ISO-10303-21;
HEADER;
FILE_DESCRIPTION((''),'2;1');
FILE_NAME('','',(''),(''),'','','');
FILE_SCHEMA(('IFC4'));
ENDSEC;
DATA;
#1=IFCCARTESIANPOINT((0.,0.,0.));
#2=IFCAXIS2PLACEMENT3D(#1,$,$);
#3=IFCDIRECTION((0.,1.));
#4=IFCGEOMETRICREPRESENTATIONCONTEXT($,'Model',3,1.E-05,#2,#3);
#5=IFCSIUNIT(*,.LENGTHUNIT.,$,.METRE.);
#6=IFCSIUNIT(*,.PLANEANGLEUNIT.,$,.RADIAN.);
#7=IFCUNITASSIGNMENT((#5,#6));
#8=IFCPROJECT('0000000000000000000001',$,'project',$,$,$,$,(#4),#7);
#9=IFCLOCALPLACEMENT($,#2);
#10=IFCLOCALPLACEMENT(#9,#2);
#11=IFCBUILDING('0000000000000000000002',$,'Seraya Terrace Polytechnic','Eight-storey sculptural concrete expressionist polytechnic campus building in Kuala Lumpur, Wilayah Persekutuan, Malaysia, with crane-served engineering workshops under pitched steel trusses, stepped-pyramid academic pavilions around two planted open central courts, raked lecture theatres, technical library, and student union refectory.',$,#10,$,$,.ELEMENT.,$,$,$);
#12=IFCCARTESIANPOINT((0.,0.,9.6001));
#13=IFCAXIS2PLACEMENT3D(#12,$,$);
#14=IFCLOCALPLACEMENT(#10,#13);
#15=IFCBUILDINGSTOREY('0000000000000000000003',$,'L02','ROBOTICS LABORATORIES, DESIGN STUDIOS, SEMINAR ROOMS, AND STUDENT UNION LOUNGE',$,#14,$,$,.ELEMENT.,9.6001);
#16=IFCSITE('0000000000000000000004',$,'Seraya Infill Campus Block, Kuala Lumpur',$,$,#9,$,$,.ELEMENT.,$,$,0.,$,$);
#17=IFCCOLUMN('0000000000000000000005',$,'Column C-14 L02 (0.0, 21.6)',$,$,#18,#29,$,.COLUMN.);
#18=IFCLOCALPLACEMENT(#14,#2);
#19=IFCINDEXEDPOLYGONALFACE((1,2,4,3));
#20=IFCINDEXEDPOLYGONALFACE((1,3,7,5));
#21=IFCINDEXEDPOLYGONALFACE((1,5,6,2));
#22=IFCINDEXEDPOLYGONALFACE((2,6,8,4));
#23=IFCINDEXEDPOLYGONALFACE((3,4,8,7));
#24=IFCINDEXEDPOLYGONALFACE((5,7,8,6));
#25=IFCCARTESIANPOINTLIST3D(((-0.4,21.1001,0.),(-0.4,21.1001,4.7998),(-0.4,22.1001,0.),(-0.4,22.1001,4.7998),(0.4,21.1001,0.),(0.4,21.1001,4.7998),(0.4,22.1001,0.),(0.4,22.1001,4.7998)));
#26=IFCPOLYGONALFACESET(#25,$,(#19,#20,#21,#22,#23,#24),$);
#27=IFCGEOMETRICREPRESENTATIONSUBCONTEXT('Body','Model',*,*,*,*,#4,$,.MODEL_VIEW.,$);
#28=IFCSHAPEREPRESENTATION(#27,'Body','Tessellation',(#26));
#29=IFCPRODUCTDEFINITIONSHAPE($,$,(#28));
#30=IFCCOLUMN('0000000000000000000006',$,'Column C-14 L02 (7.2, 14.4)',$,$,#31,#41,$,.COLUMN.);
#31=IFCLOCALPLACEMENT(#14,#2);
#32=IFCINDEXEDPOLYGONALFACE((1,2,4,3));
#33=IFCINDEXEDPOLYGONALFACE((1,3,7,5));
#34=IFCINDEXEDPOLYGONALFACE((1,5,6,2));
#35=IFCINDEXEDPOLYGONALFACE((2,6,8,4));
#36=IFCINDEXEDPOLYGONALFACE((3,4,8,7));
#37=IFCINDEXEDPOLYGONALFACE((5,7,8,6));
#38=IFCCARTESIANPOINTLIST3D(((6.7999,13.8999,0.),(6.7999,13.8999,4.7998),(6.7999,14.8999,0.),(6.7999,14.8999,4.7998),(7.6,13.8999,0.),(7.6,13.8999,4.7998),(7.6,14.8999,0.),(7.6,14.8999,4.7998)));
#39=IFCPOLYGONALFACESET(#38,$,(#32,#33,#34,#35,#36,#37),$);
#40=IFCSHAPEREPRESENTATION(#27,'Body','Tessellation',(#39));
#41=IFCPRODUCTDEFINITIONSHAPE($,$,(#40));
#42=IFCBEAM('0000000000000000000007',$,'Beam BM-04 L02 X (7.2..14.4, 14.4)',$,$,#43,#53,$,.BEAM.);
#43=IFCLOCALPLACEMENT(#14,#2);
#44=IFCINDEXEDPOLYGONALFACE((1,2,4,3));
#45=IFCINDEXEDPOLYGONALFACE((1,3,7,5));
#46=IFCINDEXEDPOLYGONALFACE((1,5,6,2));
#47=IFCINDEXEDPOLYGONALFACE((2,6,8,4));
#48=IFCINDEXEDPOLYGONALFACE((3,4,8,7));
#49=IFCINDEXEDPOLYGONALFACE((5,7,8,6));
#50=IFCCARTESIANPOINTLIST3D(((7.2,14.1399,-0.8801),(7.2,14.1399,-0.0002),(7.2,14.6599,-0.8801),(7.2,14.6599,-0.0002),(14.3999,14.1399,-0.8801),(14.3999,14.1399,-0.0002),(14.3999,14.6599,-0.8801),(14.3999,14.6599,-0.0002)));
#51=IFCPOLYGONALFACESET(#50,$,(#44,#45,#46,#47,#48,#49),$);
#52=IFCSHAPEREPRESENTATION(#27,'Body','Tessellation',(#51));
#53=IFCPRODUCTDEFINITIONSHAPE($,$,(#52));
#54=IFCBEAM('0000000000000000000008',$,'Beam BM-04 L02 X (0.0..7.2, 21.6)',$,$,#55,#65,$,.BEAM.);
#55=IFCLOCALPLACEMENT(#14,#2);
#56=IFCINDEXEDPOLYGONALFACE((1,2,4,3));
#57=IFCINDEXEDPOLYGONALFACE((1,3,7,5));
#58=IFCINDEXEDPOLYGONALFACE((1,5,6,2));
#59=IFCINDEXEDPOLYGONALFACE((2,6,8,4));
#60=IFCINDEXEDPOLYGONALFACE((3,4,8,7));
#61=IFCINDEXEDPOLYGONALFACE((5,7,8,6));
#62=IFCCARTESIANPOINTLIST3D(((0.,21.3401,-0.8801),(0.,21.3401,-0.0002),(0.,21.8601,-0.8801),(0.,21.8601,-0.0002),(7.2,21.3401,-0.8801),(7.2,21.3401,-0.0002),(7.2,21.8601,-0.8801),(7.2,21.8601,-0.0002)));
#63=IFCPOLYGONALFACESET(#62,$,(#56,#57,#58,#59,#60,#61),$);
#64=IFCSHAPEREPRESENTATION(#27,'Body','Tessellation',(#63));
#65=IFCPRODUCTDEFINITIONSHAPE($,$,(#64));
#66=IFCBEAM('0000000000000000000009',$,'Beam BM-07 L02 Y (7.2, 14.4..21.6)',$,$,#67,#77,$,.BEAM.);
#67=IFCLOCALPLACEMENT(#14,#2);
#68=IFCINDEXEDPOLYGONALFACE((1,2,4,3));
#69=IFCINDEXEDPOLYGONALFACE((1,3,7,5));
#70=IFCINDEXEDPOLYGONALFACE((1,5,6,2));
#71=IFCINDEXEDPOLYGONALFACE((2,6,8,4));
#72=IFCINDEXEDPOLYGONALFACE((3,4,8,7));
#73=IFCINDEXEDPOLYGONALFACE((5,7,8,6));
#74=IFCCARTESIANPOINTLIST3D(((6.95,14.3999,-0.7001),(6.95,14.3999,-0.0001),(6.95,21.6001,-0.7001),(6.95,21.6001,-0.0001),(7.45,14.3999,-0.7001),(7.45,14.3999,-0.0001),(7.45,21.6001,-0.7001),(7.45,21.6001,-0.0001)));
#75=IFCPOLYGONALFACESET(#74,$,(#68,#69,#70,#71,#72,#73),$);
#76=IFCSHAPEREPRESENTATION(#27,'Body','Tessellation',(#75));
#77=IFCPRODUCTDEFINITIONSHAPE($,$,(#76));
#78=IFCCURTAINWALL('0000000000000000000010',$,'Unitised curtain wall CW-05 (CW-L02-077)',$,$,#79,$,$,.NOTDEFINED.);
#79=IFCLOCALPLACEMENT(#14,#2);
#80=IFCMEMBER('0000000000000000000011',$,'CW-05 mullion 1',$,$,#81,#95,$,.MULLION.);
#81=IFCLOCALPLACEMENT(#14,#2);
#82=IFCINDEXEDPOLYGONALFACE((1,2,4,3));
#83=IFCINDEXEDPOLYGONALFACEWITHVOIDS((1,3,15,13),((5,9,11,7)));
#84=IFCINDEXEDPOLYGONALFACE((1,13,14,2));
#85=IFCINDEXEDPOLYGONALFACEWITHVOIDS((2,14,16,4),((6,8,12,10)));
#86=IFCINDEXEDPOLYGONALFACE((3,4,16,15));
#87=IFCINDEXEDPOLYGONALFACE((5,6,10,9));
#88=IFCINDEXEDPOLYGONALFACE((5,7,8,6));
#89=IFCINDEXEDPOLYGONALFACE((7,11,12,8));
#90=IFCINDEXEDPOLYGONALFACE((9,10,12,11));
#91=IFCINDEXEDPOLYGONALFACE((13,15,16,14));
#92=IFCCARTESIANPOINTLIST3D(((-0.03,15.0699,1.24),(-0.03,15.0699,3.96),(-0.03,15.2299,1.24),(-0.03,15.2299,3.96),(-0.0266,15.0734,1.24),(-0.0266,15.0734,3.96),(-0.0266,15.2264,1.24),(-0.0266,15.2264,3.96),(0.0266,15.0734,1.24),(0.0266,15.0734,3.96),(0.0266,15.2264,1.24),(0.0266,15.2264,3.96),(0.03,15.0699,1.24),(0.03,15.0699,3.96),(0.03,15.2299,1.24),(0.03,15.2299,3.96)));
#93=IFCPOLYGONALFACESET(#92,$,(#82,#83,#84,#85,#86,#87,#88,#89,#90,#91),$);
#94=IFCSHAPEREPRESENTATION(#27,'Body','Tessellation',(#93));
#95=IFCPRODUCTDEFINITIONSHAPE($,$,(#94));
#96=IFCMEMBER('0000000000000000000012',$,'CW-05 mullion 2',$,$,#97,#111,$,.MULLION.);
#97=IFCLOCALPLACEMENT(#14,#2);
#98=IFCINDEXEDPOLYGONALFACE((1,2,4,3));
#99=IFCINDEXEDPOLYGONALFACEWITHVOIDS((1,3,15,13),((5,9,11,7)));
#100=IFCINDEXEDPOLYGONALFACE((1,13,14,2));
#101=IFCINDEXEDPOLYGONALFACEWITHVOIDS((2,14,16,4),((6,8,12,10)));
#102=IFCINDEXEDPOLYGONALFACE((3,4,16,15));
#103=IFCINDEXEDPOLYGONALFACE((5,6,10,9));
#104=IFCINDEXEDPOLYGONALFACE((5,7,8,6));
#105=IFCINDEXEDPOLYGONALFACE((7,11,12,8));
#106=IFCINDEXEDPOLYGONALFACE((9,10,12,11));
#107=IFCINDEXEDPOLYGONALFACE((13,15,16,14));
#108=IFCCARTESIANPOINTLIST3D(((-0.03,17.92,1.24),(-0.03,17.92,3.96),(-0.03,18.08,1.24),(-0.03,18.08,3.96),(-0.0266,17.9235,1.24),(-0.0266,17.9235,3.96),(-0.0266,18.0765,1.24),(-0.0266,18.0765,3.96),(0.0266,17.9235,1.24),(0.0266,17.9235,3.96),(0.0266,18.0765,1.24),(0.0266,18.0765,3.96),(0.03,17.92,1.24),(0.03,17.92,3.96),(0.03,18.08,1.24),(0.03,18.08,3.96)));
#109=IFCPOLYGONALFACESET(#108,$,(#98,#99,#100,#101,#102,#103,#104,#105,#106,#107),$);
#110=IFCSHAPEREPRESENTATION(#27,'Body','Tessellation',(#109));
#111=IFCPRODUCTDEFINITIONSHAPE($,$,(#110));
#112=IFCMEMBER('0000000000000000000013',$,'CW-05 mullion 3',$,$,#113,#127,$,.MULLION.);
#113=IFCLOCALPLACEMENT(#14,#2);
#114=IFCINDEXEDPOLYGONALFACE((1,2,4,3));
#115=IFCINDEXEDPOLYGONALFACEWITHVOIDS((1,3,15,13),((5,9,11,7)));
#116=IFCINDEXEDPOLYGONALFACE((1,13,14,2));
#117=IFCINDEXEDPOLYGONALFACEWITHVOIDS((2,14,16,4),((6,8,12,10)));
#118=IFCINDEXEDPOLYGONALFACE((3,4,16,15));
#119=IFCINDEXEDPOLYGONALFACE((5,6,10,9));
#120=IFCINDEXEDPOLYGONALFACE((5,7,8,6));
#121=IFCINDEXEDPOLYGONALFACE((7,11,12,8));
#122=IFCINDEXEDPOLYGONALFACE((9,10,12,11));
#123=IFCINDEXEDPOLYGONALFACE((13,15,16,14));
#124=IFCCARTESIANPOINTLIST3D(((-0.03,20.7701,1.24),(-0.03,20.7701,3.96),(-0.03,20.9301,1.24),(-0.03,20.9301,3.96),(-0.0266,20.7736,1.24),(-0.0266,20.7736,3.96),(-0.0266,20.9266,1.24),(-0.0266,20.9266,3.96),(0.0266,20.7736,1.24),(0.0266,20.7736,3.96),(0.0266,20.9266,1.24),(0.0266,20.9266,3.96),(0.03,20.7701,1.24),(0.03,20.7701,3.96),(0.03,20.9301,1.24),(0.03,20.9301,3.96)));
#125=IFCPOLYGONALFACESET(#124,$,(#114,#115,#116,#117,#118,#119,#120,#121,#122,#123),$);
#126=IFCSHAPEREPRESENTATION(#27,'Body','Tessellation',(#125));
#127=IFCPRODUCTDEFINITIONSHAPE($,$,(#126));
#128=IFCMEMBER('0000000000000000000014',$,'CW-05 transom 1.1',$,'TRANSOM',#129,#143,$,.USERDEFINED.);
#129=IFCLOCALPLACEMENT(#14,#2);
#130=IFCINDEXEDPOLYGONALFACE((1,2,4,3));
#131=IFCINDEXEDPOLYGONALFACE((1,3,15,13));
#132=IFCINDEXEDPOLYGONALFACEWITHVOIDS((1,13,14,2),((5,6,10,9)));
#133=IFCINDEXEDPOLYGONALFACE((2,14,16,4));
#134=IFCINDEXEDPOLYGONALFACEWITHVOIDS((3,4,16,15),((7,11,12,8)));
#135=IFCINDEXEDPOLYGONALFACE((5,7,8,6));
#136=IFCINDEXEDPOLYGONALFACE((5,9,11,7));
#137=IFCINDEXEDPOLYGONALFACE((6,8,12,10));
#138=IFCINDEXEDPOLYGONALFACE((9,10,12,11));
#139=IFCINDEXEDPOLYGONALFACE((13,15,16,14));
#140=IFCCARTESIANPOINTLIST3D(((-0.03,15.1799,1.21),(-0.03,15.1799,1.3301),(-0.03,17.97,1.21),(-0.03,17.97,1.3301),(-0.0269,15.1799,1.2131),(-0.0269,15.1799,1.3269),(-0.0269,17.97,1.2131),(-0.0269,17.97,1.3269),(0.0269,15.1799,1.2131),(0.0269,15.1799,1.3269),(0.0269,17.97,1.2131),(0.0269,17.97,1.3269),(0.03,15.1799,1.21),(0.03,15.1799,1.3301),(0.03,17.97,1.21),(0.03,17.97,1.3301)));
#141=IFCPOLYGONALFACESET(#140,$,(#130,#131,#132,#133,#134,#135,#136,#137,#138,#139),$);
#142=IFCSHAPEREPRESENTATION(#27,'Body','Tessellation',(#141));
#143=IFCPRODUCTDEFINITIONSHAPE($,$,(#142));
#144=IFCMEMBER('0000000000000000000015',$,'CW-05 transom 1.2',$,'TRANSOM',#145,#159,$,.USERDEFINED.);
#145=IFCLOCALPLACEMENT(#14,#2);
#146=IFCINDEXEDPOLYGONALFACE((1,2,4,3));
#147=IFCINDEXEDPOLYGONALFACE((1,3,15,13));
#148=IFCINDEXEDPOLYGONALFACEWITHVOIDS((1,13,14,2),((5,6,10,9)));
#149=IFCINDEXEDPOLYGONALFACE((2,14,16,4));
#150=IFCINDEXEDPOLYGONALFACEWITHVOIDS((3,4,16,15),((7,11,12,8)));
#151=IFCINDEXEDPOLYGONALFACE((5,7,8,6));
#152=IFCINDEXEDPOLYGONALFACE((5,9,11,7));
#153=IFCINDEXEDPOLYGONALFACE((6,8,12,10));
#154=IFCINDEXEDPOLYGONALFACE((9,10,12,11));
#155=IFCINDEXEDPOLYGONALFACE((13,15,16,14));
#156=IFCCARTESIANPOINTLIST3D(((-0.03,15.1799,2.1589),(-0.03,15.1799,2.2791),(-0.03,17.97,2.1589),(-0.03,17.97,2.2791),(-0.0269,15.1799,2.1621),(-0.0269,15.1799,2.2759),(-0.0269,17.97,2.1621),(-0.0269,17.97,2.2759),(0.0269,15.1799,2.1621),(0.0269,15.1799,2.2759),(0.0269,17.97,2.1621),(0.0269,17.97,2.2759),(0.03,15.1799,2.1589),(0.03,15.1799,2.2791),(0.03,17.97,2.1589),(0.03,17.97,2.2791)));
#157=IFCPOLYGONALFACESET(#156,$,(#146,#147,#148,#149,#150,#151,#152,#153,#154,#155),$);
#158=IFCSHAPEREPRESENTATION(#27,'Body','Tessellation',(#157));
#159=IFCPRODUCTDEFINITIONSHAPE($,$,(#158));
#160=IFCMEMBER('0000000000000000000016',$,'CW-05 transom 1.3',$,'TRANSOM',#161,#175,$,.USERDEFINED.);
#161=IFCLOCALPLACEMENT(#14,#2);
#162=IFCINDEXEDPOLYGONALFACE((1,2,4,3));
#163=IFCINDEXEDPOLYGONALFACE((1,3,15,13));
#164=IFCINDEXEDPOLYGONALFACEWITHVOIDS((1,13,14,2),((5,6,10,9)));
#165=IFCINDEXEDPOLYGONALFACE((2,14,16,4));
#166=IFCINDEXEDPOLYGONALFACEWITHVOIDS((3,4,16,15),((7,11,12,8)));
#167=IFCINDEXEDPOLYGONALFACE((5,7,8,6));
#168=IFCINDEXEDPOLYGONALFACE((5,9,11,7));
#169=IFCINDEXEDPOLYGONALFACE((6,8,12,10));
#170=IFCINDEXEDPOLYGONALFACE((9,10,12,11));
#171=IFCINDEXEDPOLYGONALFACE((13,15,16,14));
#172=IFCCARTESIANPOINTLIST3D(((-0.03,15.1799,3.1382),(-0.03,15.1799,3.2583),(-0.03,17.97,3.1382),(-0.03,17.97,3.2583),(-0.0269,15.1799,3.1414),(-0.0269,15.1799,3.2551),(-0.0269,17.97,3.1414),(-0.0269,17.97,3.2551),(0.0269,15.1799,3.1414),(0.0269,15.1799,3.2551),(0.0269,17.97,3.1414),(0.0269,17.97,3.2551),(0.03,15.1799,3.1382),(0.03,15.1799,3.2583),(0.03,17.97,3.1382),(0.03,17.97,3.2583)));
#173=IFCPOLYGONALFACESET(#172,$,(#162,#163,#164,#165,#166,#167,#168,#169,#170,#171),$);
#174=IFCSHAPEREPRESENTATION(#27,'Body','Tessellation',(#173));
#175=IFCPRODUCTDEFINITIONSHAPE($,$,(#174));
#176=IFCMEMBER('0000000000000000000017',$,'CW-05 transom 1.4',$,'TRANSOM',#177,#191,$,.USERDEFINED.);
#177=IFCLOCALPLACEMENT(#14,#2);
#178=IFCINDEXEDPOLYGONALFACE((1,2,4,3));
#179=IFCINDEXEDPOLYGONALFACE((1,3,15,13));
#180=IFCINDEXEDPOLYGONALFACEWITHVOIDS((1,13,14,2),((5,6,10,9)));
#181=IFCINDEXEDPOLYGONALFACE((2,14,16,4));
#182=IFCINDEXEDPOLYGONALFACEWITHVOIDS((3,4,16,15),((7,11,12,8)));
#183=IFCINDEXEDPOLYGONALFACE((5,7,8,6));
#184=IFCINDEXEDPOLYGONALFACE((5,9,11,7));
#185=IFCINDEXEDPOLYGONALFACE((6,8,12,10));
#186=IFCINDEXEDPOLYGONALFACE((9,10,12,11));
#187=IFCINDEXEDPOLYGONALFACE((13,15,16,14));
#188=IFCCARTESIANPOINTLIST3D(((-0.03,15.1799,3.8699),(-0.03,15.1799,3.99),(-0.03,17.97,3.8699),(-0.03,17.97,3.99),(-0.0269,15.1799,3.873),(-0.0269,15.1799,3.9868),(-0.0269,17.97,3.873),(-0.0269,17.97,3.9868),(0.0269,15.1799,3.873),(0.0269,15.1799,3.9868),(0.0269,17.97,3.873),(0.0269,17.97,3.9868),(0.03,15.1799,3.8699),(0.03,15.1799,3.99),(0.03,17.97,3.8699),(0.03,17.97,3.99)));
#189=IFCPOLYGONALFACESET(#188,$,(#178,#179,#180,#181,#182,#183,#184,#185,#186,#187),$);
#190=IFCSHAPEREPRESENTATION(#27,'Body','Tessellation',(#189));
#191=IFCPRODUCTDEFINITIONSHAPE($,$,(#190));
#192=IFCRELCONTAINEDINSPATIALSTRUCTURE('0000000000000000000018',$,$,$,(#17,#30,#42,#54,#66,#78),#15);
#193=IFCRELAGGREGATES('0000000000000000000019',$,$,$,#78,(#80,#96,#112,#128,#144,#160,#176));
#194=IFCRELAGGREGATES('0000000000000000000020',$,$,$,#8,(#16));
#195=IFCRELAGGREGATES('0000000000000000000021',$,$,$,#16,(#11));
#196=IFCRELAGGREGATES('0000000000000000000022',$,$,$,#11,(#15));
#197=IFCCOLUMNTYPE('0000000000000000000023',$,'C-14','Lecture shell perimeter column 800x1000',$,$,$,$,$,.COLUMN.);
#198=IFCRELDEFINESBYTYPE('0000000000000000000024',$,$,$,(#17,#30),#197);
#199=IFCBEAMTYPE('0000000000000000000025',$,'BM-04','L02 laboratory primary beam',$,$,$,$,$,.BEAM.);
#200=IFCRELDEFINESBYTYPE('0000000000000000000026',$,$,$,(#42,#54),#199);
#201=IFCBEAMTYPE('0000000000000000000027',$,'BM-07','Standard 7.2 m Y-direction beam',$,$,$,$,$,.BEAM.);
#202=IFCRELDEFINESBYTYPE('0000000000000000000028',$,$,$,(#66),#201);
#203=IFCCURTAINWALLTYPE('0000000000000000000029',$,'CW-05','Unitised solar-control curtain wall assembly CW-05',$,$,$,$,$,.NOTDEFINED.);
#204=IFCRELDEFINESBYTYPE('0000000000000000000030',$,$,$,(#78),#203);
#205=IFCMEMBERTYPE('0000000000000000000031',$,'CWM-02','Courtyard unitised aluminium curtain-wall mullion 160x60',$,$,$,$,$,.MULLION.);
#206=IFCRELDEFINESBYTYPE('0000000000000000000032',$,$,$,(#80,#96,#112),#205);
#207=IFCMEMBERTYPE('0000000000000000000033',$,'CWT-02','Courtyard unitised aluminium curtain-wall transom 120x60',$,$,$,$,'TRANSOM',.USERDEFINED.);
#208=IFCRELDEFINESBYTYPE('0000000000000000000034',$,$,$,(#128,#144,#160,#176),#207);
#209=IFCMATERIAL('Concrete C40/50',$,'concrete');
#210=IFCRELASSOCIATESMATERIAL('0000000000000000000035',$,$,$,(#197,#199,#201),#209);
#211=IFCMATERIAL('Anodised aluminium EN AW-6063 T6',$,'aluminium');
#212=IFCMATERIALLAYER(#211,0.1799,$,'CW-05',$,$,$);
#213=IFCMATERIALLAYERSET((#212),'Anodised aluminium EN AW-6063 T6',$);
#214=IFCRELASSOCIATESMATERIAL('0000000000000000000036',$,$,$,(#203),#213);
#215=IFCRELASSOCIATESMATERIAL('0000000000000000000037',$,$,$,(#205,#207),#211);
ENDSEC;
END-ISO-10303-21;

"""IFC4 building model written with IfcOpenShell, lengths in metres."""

from ifc_helpers import new_model, si_unit, direction, frame, origin, origin_2d, place, context, subcontext, project, spatial, rectangle, hollow_rectangle, extrude, material, layer, layer_set, material_profile, profile_set, type_object, element, aggregate, save


model = new_model("IFC4")

# Units and contexts
model_context = context("Model", 3, precision=1e-05, world=origin(), true_north=direction((0.0, 1.0)))
body_context = subcontext(model_context, "Body", "Model", "MODEL_VIEW")
ifc_project = project(units=[si_unit("LENGTHUNIT", "METRE"), si_unit("PLANEANGLEUNIT", "RADIAN")], contexts=[model_context])

# Site, building, storey
site_placement = place(None, origin())
site = spatial("IfcSite", under=ifc_project, at=site_placement, Name="Seraya Infill Campus Block, Kuala Lumpur", CompositionType="ELEMENT", RefElevation=0.0)
building_placement = place(site_placement, origin())
building = spatial("IfcBuilding", under=site, at=building_placement, Name="Seraya Terrace Polytechnic", Description="Eight-storey sculptural concrete expressionist polytechnic campus building in Kuala Lumpur, Wilayah Persekutuan, Malaysia, with crane-served engineering workshops under pitched steel trusses, stepped-pyramid academic pavilions around two planted open central courts, raked lecture theatres, technical library, and student union refectory.", CompositionType="ELEMENT")
storey_placement = place(building_placement, frame((0.0, 0.0, 9.6001)))
storey = spatial("IfcBuildingStorey", under=building, at=storey_placement, Name="L02", Description="ROBOTICS LABORATORIES, DESIGN STUDIOS, SEMINAR ROOMS, AND STUDENT UNION LOUNGE", CompositionType="ELEMENT", Elevation=9.6001)

# Columns
ifc_material_1 = material(Name="Concrete C40/50", Category="concrete")
ifc_material_profile_1 = material_profile(ifc_material_1, rectangle(XDim=0.8, YDim=1.0, at=origin_2d()), Name="RC 800x1000")
ifc_profile_set_1 = profile_set([ifc_material_profile_1], Name="Concrete C40/50")
column_type = type_object("IfcColumnType", Name="C-14", Description="Lecture shell perimeter column 800x1000", PredefinedType="COLUMN", material=ifc_profile_set_1)
for number, where, z_axis, x_axis, name in (
    (1, (0.0, 21.6001, 0.0), (0.0, 0.0, 1.0), (1.0, 0.0, 0.0), "Column C-14 L02 (0.0, 21.6)"),
    (2, (7.2, 14.3999, 0.0), (0.0, 0.0, 1.0), (1.0, 0.0, 0.0), "Column C-14 L02 (7.2, 14.4)"),
):
    element("IfcColumn", number, at=place(storey_placement, frame(where, z_axis=z_axis, x_axis=x_axis)), inside=storey, type_object=column_type, Name=name, PredefinedType="COLUMN", context=body_context, shape_type="SweptSolid", body=[
        extrude(rectangle(XDim=0.8, YDim=1.0, at=origin_2d()), origin(), (0.0, 0.0, 1.0), 4.7998),
    ])

# Beams
ifc_material_profile_2 = material_profile(ifc_material_1, rectangle(XDim=0.52, YDim=0.8799, at=origin_2d()), Name="RC 520x880")
ifc_profile_set_2 = profile_set([ifc_material_profile_2], Name="Concrete C40/50")
beam_type_1 = type_object("IfcBeamType", Name="BM-04", Description="L02 laboratory primary beam", PredefinedType="BEAM", material=ifc_profile_set_2)
for number, where, z_axis, x_axis, name in (
    (3, (7.2, 14.3999, -0.4402), (1.0, 0.0, 0.0), (0.0, 1.0, 0.0), "Beam BM-04 L02 X (7.2..14.4, 14.4)"),
    (4, (0.0, 21.6001, -0.4402), (1.0, 0.0, 0.0), (0.0, 1.0, 0.0), "Beam BM-04 L02 X (0.0..7.2, 21.6)"),
):
    element("IfcBeam", number, at=place(storey_placement, frame(where, z_axis=z_axis, x_axis=x_axis)), inside=storey, type_object=beam_type_1, Name=name, PredefinedType="BEAM", context=body_context, shape_type="SweptSolid", body=[
        extrude(rectangle(XDim=0.52, YDim=0.8799, at=origin_2d()), origin(), (0.0, 0.0, 1.0), 7.2),
    ])
ifc_material_profile_3 = material_profile(ifc_material_1, rectangle(XDim=0.5, YDim=0.7, at=origin_2d()), Name="RC 500x700")
ifc_profile_set_3 = profile_set([ifc_material_profile_3], Name="Concrete C40/50")
beam_type_2 = type_object("IfcBeamType", Name="BM-07", Description="Standard 7.2 m Y-direction beam", PredefinedType="BEAM", material=ifc_profile_set_3)
beam_1_placement = place(storey_placement, frame((7.2, 14.3999, -0.3501), z_axis=(0.0, 1.0, 0.0), x_axis=(-1.0, 0.0, 0.0)))
element("IfcBeam", 5, at=beam_1_placement, inside=storey, type_object=beam_type_2, Name="Beam BM-07 L02 Y (7.2, 14.4..21.6)", PredefinedType="BEAM", context=body_context, shape_type="SweptSolid", body=[
    extrude(rectangle(XDim=0.5, YDim=0.7, at=origin_2d()), origin(), (0.0, 0.0, 1.0), 7.2002),
])

# Curtain wall, members
ifc_material_2 = material(Name="Anodised aluminium EN AW-6063 T6", Category="aluminium")
ifc_layer_1 = layer(ifc_material_2, 0.1799, Name="CW-05")
ifc_layer_set_1 = layer_set([ifc_layer_1], Name="Anodised aluminium EN AW-6063 T6")
curtain_wall_type = type_object("IfcCurtainWallType", Name="CW-05", Description="Unitised solar-control curtain wall assembly CW-05", PredefinedType="NOTDEFINED", material=ifc_layer_set_1)
curtain_wall_placement = place(storey_placement, origin())
curtain_wall = element("IfcCurtainWall", 6, at=curtain_wall_placement, inside=storey, type_object=curtain_wall_type, Name="Unitised curtain wall CW-05 (CW-L02-077)", PredefinedType="NOTDEFINED")
ifc_material_profile_4 = material_profile(ifc_material_2, hollow_rectangle(XDim=0.0601, YDim=0.1599, WallThickness=0.0034, at=origin_2d()), Name="RHS 160x60x3.5")
ifc_profile_set_4 = profile_set([ifc_material_profile_4], Name="Anodised aluminium EN AW-6063 T6")
member_type_1 = type_object("IfcMemberType", Name="CWM-02", Description="Courtyard unitised aluminium curtain-wall mullion 160x60", PredefinedType="MULLION", material=ifc_profile_set_4)
member_1_placement = place(storey_placement, frame((0.0, 15.1499, 1.24), z_axis=(0.0, 0.0, 1.0), x_axis=(-1.0, 0.0, 0.0)))
member_1 = element("IfcMember", 7, at=member_1_placement, type_object=member_type_1, Name="CW-05 mullion 1", PredefinedType="MULLION", context=body_context, shape_type="SweptSolid", body=[
    extrude(hollow_rectangle(XDim=0.0601, YDim=0.1599, WallThickness=0.0034, at=origin_2d()), origin(), (0.0, 0.0, 1.0), 2.72),
])
member_2_placement = place(storey_placement, frame((0.0, 18.0, 1.24), z_axis=(0.0, 0.0, 1.0), x_axis=(-1.0, 0.0, 0.0)))
member_2 = element("IfcMember", 8, at=member_2_placement, type_object=member_type_1, Name="CW-05 mullion 2", PredefinedType="MULLION", context=body_context, shape_type="SweptSolid", body=[
    extrude(hollow_rectangle(XDim=0.0601, YDim=0.1599, WallThickness=0.0034, at=origin_2d()), origin(), (0.0, 0.0, 1.0), 2.72),
])
member_3_placement = place(storey_placement, frame((0.0, 20.8501, 1.24), z_axis=(0.0, 0.0, 1.0), x_axis=(-1.0, 0.0, 0.0)))
member_3 = element("IfcMember", 9, at=member_3_placement, type_object=member_type_1, Name="CW-05 mullion 3", PredefinedType="MULLION", context=body_context, shape_type="SweptSolid", body=[
    extrude(hollow_rectangle(XDim=0.0601, YDim=0.1599, WallThickness=0.0034, at=origin_2d()), origin(), (0.0, 0.0, 1.0), 2.72),
])
ifc_material_profile_5 = material_profile(ifc_material_2, hollow_rectangle(XDim=0.0601, YDim=0.1201, WallThickness=0.0032, at=origin_2d()), Name="RHS 120x60x3.2")
ifc_profile_set_5 = profile_set([ifc_material_profile_5], Name="Anodised aluminium EN AW-6063 T6")
member_type_2 = type_object("IfcMemberType", Name="CWT-02", Description="Courtyard unitised aluminium curtain-wall transom 120x60", ElementType="TRANSOM", PredefinedType="USERDEFINED", material=ifc_profile_set_5)
member_4_placement = place(storey_placement, frame((0.0, 15.1799, 1.27), z_axis=(0.0, 1.0, 0.0), x_axis=(-1.0, 0.0, 0.0)))
member_4 = element("IfcMember", 10, at=member_4_placement, type_object=member_type_2, Name="CW-05 transom 1.1", ObjectType="TRANSOM", PredefinedType="USERDEFINED", context=body_context, shape_type="SweptSolid", body=[
    extrude(hollow_rectangle(XDim=0.0601, YDim=0.1201, WallThickness=0.0032, at=origin_2d()), origin(), (0.0, 0.0, 1.0), 2.79),
])
member_5_placement = place(storey_placement, frame((0.0, 15.1799, 2.219), z_axis=(0.0, 1.0, 0.0), x_axis=(-1.0, 0.0, 0.0)))
member_5 = element("IfcMember", 11, at=member_5_placement, type_object=member_type_2, Name="CW-05 transom 1.2", ObjectType="TRANSOM", PredefinedType="USERDEFINED", context=body_context, shape_type="SweptSolid", body=[
    extrude(hollow_rectangle(XDim=0.0601, YDim=0.1201, WallThickness=0.0032, at=origin_2d()), origin(), (0.0, 0.0, 1.0), 2.79),
])
member_6_placement = place(storey_placement, frame((0.0, 15.1799, 3.1982), z_axis=(0.0, 1.0, 0.0), x_axis=(-1.0, 0.0, 0.0)))
member_6 = element("IfcMember", 12, at=member_6_placement, type_object=member_type_2, Name="CW-05 transom 1.3", ObjectType="TRANSOM", PredefinedType="USERDEFINED", context=body_context, shape_type="SweptSolid", body=[
    extrude(hollow_rectangle(XDim=0.0601, YDim=0.1201, WallThickness=0.0032, at=origin_2d()), origin(), (0.0, 0.0, 1.0), 2.79),
])
member_7_placement = place(storey_placement, frame((0.0, 15.1799, 3.9299), z_axis=(0.0, 1.0, 0.0), x_axis=(-1.0, 0.0, 0.0)))
member_7 = element("IfcMember", 13, at=member_7_placement, type_object=member_type_2, Name="CW-05 transom 1.4", ObjectType="TRANSOM", PredefinedType="USERDEFINED", context=body_context, shape_type="SweptSolid", body=[
    extrude(hollow_rectangle(XDim=0.0601, YDim=0.1201, WallThickness=0.0032, at=origin_2d()), origin(), (0.0, 0.0, 1.0), 2.79),
])

aggregate(curtain_wall, [member_1, member_2, member_3, member_4, member_5, member_6, member_7])

save(model, "model.ifc")
